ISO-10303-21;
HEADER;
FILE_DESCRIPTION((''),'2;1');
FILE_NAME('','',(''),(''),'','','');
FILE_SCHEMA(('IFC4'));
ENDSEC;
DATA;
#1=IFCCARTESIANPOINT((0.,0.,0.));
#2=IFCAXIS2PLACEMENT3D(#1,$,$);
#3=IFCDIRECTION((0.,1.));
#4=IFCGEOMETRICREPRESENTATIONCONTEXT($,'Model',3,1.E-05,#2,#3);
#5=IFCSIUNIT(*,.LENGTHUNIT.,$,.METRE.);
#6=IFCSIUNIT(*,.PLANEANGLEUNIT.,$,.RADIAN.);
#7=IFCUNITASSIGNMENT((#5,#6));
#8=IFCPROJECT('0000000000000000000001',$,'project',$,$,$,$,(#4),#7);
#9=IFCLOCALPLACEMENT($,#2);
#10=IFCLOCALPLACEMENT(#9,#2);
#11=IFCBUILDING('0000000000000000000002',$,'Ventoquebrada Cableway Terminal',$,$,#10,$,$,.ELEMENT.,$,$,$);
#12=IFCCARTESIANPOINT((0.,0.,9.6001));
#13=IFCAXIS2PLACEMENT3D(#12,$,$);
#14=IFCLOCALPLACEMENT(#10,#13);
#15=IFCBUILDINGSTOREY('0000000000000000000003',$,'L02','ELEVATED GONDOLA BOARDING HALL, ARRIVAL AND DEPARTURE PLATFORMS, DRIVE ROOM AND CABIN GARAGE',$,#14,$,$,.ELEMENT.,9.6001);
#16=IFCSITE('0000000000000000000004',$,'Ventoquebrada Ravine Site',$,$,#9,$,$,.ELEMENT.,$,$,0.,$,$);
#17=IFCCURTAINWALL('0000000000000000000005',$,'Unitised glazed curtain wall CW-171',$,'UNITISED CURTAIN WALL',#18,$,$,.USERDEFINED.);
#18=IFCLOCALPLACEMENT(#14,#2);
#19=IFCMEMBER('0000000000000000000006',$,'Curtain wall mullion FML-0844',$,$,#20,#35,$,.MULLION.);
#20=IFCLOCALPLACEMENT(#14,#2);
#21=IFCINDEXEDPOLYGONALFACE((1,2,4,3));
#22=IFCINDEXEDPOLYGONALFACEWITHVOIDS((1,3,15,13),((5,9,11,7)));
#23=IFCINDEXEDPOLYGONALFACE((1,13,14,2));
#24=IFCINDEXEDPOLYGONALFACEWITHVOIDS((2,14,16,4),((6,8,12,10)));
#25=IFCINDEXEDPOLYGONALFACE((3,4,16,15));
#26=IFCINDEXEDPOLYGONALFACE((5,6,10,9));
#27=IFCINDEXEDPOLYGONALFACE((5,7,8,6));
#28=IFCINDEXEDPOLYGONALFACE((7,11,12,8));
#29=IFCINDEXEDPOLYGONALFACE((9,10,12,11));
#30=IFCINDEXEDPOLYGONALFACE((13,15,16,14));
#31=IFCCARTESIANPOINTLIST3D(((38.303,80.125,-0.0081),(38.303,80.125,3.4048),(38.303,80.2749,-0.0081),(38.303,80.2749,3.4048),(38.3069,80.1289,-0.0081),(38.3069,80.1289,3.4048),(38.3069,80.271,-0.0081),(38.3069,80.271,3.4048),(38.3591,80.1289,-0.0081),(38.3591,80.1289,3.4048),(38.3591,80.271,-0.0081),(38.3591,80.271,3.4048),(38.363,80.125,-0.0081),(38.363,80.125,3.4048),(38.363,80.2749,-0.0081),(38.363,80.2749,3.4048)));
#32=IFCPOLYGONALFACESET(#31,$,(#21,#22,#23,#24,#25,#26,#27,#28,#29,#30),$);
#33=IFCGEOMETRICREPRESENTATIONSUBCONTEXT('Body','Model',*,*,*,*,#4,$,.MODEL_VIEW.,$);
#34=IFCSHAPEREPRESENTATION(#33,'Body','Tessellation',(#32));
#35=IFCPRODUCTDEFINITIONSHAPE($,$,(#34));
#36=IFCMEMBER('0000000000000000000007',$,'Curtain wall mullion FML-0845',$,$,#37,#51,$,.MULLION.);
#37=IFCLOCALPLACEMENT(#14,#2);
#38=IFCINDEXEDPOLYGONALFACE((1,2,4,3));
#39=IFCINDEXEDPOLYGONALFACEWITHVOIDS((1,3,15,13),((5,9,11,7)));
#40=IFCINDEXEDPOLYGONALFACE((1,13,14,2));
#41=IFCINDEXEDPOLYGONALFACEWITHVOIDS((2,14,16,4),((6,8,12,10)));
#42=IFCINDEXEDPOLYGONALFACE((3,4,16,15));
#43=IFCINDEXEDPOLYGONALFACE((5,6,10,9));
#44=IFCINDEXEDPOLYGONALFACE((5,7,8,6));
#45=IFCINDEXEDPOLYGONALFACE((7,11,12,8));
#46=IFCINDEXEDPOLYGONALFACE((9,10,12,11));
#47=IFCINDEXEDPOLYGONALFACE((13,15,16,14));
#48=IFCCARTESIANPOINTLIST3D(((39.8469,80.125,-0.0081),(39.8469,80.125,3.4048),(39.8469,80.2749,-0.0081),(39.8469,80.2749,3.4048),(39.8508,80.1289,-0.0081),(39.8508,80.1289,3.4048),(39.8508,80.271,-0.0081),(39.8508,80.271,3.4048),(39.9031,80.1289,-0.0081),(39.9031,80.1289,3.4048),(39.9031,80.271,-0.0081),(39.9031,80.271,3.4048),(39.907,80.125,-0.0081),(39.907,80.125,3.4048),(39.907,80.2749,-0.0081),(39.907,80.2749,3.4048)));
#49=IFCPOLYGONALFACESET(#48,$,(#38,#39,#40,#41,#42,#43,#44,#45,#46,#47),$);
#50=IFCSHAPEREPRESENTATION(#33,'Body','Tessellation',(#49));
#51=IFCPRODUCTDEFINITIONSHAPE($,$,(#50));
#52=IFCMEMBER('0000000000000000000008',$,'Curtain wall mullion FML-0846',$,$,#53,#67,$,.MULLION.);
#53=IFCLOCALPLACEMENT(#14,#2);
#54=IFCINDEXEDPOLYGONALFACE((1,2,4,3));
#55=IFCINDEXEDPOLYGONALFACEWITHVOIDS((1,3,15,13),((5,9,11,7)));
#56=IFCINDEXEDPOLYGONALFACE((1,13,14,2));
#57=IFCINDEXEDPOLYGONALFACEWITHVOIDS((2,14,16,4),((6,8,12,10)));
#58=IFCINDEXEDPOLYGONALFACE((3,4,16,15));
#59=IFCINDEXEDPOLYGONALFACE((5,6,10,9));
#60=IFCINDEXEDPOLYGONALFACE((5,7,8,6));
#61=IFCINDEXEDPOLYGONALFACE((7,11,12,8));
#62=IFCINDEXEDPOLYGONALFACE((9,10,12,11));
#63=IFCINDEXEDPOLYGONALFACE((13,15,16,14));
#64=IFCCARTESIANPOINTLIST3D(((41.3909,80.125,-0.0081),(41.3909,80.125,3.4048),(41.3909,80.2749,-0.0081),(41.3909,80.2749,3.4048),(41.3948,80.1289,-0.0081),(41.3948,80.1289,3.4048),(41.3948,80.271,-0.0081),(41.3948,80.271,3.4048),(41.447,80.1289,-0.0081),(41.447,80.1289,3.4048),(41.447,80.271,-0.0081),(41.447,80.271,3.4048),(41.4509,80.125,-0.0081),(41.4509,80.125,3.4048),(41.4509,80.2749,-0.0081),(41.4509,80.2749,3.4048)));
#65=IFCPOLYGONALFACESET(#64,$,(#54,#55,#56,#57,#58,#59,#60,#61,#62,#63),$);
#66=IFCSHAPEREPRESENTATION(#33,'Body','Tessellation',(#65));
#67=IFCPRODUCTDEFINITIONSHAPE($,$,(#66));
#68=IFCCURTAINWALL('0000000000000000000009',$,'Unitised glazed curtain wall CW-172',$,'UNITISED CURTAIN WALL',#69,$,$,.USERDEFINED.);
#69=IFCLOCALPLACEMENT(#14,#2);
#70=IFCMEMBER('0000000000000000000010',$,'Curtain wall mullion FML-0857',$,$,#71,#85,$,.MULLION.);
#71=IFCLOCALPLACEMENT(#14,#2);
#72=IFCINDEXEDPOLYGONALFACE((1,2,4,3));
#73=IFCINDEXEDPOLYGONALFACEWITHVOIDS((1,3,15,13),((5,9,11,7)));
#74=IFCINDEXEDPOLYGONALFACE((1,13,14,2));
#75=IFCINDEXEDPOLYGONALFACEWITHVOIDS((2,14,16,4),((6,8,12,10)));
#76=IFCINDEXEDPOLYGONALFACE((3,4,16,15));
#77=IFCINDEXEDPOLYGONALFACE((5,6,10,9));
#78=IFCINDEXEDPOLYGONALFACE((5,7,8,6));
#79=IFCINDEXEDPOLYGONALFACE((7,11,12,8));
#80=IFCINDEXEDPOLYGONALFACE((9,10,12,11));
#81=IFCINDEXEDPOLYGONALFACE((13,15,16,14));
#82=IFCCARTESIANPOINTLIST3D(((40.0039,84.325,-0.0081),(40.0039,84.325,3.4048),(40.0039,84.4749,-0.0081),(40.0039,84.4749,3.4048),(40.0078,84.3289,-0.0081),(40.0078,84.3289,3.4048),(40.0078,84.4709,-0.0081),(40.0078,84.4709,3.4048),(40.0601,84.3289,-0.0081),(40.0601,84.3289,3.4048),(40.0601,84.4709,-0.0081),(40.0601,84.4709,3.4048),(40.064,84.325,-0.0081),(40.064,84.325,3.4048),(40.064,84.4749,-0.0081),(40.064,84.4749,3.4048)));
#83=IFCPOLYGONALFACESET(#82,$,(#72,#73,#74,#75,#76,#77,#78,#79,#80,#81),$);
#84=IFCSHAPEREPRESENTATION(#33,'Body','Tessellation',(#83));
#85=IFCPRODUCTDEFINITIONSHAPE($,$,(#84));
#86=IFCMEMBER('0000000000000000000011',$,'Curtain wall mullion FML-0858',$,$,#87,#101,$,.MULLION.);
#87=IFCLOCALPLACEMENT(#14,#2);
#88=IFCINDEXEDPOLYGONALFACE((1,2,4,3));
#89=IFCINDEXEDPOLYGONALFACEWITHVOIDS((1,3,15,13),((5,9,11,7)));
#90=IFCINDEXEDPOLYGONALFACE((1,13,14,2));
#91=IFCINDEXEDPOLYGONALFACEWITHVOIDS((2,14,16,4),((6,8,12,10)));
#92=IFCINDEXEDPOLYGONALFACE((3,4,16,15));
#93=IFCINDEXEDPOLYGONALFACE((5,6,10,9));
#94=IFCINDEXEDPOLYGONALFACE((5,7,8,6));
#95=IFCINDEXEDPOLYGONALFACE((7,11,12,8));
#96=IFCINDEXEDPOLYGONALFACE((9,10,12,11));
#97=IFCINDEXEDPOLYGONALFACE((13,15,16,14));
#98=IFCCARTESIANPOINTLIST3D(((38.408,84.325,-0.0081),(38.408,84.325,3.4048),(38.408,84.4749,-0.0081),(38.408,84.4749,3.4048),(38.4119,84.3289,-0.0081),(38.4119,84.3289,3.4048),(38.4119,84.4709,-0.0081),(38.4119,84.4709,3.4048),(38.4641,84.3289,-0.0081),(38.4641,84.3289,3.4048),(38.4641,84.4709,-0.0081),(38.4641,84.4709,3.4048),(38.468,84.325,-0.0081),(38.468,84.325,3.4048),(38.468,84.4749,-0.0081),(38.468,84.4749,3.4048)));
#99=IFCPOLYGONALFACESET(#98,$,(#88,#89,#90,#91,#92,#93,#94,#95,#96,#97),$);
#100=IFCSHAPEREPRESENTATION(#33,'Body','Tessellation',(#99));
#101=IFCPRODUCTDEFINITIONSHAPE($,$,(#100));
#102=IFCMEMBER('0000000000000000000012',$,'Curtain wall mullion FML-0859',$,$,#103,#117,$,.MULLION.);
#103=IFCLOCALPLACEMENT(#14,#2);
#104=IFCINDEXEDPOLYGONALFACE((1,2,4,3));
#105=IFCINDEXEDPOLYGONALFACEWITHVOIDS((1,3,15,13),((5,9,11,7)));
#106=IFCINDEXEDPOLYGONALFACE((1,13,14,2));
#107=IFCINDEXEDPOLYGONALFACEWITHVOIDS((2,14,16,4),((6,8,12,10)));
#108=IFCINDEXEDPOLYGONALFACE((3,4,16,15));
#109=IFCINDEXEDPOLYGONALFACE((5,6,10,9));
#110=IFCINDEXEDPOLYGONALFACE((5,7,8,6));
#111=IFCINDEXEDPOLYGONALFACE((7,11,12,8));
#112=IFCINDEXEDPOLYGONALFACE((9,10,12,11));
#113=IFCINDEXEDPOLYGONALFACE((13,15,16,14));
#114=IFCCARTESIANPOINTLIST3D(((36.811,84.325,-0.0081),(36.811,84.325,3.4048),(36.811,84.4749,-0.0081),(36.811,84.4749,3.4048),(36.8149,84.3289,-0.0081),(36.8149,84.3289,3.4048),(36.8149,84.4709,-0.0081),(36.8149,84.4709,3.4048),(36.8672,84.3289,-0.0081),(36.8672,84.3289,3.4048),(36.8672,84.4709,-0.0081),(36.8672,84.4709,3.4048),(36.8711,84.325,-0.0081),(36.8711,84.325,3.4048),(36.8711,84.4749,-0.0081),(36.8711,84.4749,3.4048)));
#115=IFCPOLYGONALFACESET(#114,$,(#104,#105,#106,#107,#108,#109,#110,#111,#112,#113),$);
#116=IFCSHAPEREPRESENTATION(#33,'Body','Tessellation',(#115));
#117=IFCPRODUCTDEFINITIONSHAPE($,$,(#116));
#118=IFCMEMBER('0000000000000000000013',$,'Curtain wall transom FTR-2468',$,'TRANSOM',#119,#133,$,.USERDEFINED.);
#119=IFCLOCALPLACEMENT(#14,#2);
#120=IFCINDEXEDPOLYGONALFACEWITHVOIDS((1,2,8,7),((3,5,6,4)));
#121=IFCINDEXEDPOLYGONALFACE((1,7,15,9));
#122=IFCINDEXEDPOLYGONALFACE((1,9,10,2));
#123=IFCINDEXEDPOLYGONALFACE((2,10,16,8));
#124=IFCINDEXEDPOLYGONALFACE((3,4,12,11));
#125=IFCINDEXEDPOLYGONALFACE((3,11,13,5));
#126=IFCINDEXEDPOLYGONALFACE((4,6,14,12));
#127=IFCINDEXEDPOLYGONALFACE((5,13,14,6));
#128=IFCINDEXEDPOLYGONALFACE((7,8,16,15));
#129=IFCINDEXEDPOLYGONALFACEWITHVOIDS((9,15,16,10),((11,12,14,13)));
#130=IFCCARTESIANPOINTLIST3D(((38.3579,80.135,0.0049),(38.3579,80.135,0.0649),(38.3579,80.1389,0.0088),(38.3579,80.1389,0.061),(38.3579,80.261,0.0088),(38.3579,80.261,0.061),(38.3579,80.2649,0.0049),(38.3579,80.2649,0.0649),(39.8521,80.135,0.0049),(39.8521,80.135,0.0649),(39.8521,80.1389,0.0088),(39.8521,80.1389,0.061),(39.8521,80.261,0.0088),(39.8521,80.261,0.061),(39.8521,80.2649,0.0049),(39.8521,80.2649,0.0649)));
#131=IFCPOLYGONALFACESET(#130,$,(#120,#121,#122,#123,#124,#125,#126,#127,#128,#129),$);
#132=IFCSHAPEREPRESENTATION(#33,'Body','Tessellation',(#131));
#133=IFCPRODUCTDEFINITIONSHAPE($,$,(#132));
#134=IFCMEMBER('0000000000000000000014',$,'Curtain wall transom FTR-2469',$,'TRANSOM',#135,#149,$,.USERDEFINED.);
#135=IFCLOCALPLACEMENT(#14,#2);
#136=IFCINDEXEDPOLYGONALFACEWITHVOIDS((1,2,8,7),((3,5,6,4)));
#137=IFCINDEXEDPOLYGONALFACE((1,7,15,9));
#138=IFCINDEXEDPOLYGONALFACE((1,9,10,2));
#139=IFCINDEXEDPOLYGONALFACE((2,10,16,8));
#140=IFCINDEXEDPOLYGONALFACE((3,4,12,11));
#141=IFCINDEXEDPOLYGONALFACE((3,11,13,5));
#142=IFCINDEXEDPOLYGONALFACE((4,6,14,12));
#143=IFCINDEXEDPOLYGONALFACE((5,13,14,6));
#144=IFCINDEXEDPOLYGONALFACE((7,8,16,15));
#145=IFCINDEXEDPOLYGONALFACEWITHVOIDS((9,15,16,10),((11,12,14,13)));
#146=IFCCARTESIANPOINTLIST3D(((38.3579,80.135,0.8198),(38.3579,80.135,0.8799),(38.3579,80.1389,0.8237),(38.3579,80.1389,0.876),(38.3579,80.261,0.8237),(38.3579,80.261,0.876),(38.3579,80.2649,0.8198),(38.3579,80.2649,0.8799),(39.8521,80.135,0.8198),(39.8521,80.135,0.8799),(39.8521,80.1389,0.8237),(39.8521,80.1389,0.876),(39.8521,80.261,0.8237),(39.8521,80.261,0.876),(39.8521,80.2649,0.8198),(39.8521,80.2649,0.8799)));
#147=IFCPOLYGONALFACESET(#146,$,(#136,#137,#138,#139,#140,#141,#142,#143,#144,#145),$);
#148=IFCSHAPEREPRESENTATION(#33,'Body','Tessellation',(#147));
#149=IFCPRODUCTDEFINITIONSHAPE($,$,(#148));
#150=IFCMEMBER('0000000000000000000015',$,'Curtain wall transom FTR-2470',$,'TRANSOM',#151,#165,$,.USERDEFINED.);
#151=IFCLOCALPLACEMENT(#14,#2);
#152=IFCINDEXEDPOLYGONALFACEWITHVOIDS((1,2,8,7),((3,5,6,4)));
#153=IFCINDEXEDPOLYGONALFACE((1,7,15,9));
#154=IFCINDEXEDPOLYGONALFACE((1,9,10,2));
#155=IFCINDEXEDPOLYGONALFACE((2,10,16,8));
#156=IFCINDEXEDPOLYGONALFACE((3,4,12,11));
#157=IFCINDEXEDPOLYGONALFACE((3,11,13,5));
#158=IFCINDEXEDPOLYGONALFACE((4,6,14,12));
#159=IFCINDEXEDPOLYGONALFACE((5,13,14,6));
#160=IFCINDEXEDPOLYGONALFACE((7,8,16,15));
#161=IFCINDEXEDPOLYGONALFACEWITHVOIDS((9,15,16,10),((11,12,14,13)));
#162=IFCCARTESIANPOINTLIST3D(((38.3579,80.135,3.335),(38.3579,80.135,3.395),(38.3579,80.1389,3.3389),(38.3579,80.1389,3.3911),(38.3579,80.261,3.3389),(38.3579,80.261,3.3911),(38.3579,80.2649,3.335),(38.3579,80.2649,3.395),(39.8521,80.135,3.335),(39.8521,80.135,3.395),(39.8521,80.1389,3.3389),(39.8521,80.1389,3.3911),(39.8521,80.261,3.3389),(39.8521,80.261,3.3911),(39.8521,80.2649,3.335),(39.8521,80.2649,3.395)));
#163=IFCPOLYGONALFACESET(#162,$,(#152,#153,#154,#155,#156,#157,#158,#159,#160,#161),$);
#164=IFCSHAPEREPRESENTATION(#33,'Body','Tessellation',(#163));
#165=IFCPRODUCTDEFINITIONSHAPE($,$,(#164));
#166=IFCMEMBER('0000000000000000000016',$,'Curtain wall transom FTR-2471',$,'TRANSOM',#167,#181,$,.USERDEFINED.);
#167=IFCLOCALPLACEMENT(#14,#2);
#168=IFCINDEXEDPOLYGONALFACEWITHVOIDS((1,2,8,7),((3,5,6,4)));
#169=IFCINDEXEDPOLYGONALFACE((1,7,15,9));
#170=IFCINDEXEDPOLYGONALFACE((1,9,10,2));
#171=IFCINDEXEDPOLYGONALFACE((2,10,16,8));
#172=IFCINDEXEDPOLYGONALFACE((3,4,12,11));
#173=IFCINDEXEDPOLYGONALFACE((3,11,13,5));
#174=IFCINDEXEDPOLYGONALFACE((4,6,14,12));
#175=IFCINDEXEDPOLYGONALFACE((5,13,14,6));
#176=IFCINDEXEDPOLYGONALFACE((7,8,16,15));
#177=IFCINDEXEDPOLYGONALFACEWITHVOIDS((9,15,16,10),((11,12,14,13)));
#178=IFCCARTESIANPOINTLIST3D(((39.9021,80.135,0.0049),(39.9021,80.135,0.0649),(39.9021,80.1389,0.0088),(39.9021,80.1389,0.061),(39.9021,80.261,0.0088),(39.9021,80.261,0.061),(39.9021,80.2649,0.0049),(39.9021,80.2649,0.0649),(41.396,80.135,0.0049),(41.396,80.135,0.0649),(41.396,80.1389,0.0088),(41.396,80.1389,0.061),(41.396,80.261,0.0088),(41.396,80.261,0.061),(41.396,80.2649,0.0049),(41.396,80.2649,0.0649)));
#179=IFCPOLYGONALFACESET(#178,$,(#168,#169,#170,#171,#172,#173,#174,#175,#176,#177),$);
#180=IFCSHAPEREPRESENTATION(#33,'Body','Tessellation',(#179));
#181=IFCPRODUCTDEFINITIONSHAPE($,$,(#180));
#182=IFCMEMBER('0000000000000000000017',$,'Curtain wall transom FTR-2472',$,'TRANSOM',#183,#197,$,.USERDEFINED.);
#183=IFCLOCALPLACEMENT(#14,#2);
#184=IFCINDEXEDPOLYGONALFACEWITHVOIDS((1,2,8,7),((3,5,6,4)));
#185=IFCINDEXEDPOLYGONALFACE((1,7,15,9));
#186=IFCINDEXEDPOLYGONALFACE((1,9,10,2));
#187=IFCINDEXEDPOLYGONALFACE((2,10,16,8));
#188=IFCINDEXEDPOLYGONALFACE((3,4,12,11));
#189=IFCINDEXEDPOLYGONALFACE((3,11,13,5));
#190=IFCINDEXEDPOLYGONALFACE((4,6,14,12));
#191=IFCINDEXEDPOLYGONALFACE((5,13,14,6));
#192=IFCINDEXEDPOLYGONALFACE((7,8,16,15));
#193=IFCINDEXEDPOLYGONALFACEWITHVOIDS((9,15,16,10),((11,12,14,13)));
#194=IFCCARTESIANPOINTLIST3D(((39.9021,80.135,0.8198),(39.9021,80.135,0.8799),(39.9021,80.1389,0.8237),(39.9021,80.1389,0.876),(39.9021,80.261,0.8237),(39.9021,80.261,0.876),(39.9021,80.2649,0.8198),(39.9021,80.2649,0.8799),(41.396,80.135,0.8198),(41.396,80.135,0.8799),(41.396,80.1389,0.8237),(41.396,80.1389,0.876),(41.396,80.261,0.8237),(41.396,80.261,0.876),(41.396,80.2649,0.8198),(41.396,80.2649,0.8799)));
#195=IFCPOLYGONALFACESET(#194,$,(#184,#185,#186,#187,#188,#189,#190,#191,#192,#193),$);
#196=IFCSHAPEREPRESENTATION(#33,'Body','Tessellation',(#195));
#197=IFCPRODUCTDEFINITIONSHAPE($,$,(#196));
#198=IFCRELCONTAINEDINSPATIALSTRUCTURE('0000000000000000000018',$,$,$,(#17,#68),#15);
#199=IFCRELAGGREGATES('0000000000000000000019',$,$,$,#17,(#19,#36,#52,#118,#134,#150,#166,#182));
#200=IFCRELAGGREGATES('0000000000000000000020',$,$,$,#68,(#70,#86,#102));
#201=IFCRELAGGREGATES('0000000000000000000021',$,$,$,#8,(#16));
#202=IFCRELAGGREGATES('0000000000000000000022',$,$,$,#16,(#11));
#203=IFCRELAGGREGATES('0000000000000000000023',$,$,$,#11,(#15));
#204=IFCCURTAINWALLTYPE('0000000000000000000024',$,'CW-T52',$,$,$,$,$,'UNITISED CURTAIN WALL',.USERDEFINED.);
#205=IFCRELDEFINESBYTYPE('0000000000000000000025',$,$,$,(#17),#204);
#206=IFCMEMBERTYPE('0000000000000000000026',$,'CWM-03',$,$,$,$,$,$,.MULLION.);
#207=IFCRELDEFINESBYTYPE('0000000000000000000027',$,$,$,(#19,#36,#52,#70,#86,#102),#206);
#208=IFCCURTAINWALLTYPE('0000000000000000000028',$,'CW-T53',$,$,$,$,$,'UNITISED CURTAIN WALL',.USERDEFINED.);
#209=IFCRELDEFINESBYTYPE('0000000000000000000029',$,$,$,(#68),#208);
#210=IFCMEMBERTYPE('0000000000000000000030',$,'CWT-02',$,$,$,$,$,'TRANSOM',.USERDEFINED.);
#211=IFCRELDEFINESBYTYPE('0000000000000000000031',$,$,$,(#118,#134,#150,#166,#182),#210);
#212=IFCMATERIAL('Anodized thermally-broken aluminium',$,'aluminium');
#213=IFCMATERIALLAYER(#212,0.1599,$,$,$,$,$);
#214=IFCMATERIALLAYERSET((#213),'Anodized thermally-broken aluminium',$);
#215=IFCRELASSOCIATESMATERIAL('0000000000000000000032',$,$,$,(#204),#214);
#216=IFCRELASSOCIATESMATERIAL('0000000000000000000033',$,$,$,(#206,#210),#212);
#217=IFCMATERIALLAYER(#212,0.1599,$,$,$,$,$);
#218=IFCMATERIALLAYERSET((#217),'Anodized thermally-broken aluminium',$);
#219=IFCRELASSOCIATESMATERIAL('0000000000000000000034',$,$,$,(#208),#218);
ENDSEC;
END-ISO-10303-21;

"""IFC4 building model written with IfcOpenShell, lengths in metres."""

from ifc_helpers import new_model, si_unit, direction, frame, origin, origin_2d, place, context, subcontext, project, spatial, hollow_rectangle, extrude, material, layer, layer_set, material_profile, profile_set, type_object, element, aggregate, save


model = new_model("IFC4")

# Units and contexts
model_context = context("Model", 3, precision=1e-05, world=origin(), true_north=direction((0.0, 1.0)))
body_context = subcontext(model_context, "Body", "Model", "MODEL_VIEW")
ifc_project = project(units=[si_unit("LENGTHUNIT", "METRE"), si_unit("PLANEANGLEUNIT", "RADIAN")], contexts=[model_context])

# Site, building, storey
site_placement = place(None, origin())
site = spatial("IfcSite", under=ifc_project, at=site_placement, Name="Ventoquebrada Ravine Site", CompositionType="ELEMENT", RefElevation=0.0)
building_placement = place(site_placement, origin())
building = spatial("IfcBuilding", under=site, at=building_placement, Name="Ventoquebrada Cableway Terminal", CompositionType="ELEMENT")
storey_placement = place(building_placement, frame((0.0, 0.0, 9.6001)))
storey = spatial("IfcBuildingStorey", under=building, at=storey_placement, Name="L02", Description="ELEVATED GONDOLA BOARDING HALL, ARRIVAL AND DEPARTURE PLATFORMS, DRIVE ROOM AND CABIN GARAGE", CompositionType="ELEMENT", Elevation=9.6001)

# Curtain walls, members
ifc_material_1 = material(Name="Anodized thermally-broken aluminium", Category="aluminium")
ifc_layer_1 = layer(ifc_material_1, 0.1599)
ifc_layer_set_1 = layer_set([ifc_layer_1], Name="Anodized thermally-broken aluminium")
curtain_wall_type_1 = type_object("IfcCurtainWallType", Name="CW-T52", ElementType="UNITISED CURTAIN WALL", PredefinedType="USERDEFINED", material=ifc_layer_set_1)
curtain_wall_1_placement = place(storey_placement, origin())
curtain_wall_1 = element("IfcCurtainWall", 1, at=curtain_wall_1_placement, inside=storey, type_object=curtain_wall_type_1, Name="Unitised glazed curtain wall CW-171", ObjectType="UNITISED CURTAIN WALL", PredefinedType="USERDEFINED")
ifc_material_profile_1 = material_profile(ifc_material_1, hollow_rectangle(XDim=0.0601, YDim=0.1499, WallThickness=0.0039, at=origin_2d()), Name="CW-MUL-60X150")
ifc_profile_set_1 = profile_set([ifc_material_profile_1], Name="Anodized thermally-broken aluminium")
member_type_1 = type_object("IfcMemberType", Name="CWM-03", PredefinedType="MULLION", material=ifc_profile_set_1)
member_1_placement = place(storey_placement, frame((38.333, 80.2, -0.0081), z_axis=(0.0, 0.0, 1.0), x_axis=(1.0, 0.0, 0.0)))
member_1 = element("IfcMember", 2, at=member_1_placement, type_object=member_type_1, Name="Curtain wall mullion FML-0844", PredefinedType="MULLION", context=body_context, shape_type="SweptSolid", body=[
    extrude(hollow_rectangle(XDim=0.0601, YDim=0.1499, WallThickness=0.0039, at=origin_2d()), origin(), (0.0, 0.0, 1.0), 3.4128),
])
member_2_placement = place(storey_placement, frame((39.877, 80.2, -0.0081), z_axis=(0.0, 0.0, 1.0), x_axis=(1.0, 0.0, 0.0)))
member_2 = element("IfcMember", 3, at=member_2_placement, type_object=member_type_1, Name="Curtain wall mullion FML-0845", PredefinedType="MULLION", context=body_context, shape_type="SweptSolid", body=[
    extrude(hollow_rectangle(XDim=0.0601, YDim=0.1499, WallThickness=0.0039, at=origin_2d()), origin(), (0.0, 0.0, 1.0), 3.4128),
])
member_3_placement = place(storey_placement, frame((41.4209, 80.2, -0.0081), z_axis=(0.0, 0.0, 1.0), x_axis=(1.0, 0.0, 0.0)))
member_3 = element("IfcMember", 4, at=member_3_placement, type_object=member_type_1, Name="Curtain wall mullion FML-0846", PredefinedType="MULLION", context=body_context, shape_type="SweptSolid", body=[
    extrude(hollow_rectangle(XDim=0.0601, YDim=0.1499, WallThickness=0.0039, at=origin_2d()), origin(), (0.0, 0.0, 1.0), 3.4128),
])
ifc_layer_2 = layer(ifc_material_1, 0.1599)
ifc_layer_set_2 = layer_set([ifc_layer_2], Name="Anodized thermally-broken aluminium")
curtain_wall_type_2 = type_object("IfcCurtainWallType", Name="CW-T53", ElementType="UNITISED CURTAIN WALL", PredefinedType="USERDEFINED", material=ifc_layer_set_2)
curtain_wall_2_placement = place(storey_placement, origin())
curtain_wall_2 = element("IfcCurtainWall", 5, at=curtain_wall_2_placement, inside=storey, type_object=curtain_wall_type_2, Name="Unitised glazed curtain wall CW-172", ObjectType="UNITISED CURTAIN WALL", PredefinedType="USERDEFINED")
member_4_placement = place(storey_placement, frame((40.0339, 84.3999, -0.0081), z_axis=(0.0, 0.0, 1.0), x_axis=(-1.0, 0.0, 0.0)))
member_4 = element("IfcMember", 6, at=member_4_placement, type_object=member_type_1, Name="Curtain wall mullion FML-0857", PredefinedType="MULLION", context=body_context, shape_type="SweptSolid", body=[
    extrude(hollow_rectangle(XDim=0.0601, YDim=0.1499, WallThickness=0.0039, at=origin_2d()), origin(), (0.0, 0.0, 1.0), 3.4128),
])
member_5_placement = place(storey_placement, frame((38.438, 84.3999, -0.0081), z_axis=(0.0, 0.0, 1.0), x_axis=(-1.0, 0.0, 0.0)))
member_5 = element("IfcMember", 7, at=member_5_placement, type_object=member_type_1, Name="Curtain wall mullion FML-0858", PredefinedType="MULLION", context=body_context, shape_type="SweptSolid", body=[
    extrude(hollow_rectangle(XDim=0.0601, YDim=0.1499, WallThickness=0.0039, at=origin_2d()), origin(), (0.0, 0.0, 1.0), 3.4128),
])
member_6_placement = place(storey_placement, frame((36.8411, 84.3999, -0.0081), z_axis=(0.0, 0.0, 1.0), x_axis=(-1.0, 0.0, 0.0)))
member_6 = element("IfcMember", 8, at=member_6_placement, type_object=member_type_1, Name="Curtain wall mullion FML-0859", PredefinedType="MULLION", context=body_context, shape_type="SweptSolid", body=[
    extrude(hollow_rectangle(XDim=0.0601, YDim=0.1499, WallThickness=0.0039, at=origin_2d()), origin(), (0.0, 0.0, 1.0), 3.4128),
])

# Members
ifc_material_profile_2 = material_profile(ifc_material_1, hollow_rectangle(XDim=0.0601, YDim=0.1299, WallThickness=0.0039, at=origin_2d()), Name="CW-TRN-60X130")
ifc_profile_set_2 = profile_set([ifc_material_profile_2], Name="Anodized thermally-broken aluminium")
member_type_2 = type_object("IfcMemberType", Name="CWT-02", ElementType="TRANSOM", PredefinedType="USERDEFINED", material=ifc_profile_set_2)
member_7_placement = place(storey_placement, frame((38.3579, 80.2, 0.0349), z_axis=(1.0, 0.0, 0.0), x_axis=(0.0, 0.0, 1.0)))
member_7 = element("IfcMember", 9, at=member_7_placement, type_object=member_type_2, Name="Curtain wall transom FTR-2468", ObjectType="TRANSOM", PredefinedType="USERDEFINED", context=body_context, shape_type="SweptSolid", body=[
    extrude(hollow_rectangle(XDim=0.0601, YDim=0.1299, WallThickness=0.0039, at=origin_2d()), origin(), (0.0, 0.0, 1.0), 1.4941),
])
member_8_placement = place(storey_placement, frame((38.3579, 80.2, 0.8499), z_axis=(1.0, 0.0, 0.0), x_axis=(0.0, 0.0, 1.0)))
member_8 = element("IfcMember", 10, at=member_8_placement, type_object=member_type_2, Name="Curtain wall transom FTR-2469", ObjectType="TRANSOM", PredefinedType="USERDEFINED", context=body_context, shape_type="SweptSolid", body=[
    extrude(hollow_rectangle(XDim=0.0601, YDim=0.1299, WallThickness=0.0039, at=origin_2d()), origin(), (0.0, 0.0, 1.0), 1.4941),
])
member_9_placement = place(storey_placement, frame((38.3579, 80.2, 3.365), z_axis=(1.0, 0.0, 0.0), x_axis=(0.0, 0.0, 1.0)))
member_9 = element("IfcMember", 11, at=member_9_placement, type_object=member_type_2, Name="Curtain wall transom FTR-2470", ObjectType="TRANSOM", PredefinedType="USERDEFINED", context=body_context, shape_type="SweptSolid", body=[
    extrude(hollow_rectangle(XDim=0.0601, YDim=0.1299, WallThickness=0.0039, at=origin_2d()), origin(), (0.0, 0.0, 1.0), 1.4941),
])
member_10_placement = place(storey_placement, frame((39.9021, 80.2, 0.0349), z_axis=(1.0, 0.0, 0.0), x_axis=(0.0, 0.0, 1.0)))
member_10 = element("IfcMember", 12, at=member_10_placement, type_object=member_type_2, Name="Curtain wall transom FTR-2471", ObjectType="TRANSOM", PredefinedType="USERDEFINED", context=body_context, shape_type="SweptSolid", body=[
    extrude(hollow_rectangle(XDim=0.0601, YDim=0.1299, WallThickness=0.0039, at=origin_2d()), origin(), (0.0, 0.0, 1.0), 1.4939),
])
member_11_placement = place(storey_placement, frame((39.9021, 80.2, 0.8499), z_axis=(1.0, 0.0, 0.0), x_axis=(0.0, 0.0, 1.0)))
member_11 = element("IfcMember", 13, at=member_11_placement, type_object=member_type_2, Name="Curtain wall transom FTR-2472", ObjectType="TRANSOM", PredefinedType="USERDEFINED", context=body_context, shape_type="SweptSolid", body=[
    extrude(hollow_rectangle(XDim=0.0601, YDim=0.1299, WallThickness=0.0039, at=origin_2d()), origin(), (0.0, 0.0, 1.0), 1.4939),
])

aggregate(curtain_wall_1, [member_1, member_2, member_3, member_7, member_8, member_9, member_10, member_11])
aggregate(curtain_wall_2, [member_4, member_5, member_6])

save(model, "model.ifc")
